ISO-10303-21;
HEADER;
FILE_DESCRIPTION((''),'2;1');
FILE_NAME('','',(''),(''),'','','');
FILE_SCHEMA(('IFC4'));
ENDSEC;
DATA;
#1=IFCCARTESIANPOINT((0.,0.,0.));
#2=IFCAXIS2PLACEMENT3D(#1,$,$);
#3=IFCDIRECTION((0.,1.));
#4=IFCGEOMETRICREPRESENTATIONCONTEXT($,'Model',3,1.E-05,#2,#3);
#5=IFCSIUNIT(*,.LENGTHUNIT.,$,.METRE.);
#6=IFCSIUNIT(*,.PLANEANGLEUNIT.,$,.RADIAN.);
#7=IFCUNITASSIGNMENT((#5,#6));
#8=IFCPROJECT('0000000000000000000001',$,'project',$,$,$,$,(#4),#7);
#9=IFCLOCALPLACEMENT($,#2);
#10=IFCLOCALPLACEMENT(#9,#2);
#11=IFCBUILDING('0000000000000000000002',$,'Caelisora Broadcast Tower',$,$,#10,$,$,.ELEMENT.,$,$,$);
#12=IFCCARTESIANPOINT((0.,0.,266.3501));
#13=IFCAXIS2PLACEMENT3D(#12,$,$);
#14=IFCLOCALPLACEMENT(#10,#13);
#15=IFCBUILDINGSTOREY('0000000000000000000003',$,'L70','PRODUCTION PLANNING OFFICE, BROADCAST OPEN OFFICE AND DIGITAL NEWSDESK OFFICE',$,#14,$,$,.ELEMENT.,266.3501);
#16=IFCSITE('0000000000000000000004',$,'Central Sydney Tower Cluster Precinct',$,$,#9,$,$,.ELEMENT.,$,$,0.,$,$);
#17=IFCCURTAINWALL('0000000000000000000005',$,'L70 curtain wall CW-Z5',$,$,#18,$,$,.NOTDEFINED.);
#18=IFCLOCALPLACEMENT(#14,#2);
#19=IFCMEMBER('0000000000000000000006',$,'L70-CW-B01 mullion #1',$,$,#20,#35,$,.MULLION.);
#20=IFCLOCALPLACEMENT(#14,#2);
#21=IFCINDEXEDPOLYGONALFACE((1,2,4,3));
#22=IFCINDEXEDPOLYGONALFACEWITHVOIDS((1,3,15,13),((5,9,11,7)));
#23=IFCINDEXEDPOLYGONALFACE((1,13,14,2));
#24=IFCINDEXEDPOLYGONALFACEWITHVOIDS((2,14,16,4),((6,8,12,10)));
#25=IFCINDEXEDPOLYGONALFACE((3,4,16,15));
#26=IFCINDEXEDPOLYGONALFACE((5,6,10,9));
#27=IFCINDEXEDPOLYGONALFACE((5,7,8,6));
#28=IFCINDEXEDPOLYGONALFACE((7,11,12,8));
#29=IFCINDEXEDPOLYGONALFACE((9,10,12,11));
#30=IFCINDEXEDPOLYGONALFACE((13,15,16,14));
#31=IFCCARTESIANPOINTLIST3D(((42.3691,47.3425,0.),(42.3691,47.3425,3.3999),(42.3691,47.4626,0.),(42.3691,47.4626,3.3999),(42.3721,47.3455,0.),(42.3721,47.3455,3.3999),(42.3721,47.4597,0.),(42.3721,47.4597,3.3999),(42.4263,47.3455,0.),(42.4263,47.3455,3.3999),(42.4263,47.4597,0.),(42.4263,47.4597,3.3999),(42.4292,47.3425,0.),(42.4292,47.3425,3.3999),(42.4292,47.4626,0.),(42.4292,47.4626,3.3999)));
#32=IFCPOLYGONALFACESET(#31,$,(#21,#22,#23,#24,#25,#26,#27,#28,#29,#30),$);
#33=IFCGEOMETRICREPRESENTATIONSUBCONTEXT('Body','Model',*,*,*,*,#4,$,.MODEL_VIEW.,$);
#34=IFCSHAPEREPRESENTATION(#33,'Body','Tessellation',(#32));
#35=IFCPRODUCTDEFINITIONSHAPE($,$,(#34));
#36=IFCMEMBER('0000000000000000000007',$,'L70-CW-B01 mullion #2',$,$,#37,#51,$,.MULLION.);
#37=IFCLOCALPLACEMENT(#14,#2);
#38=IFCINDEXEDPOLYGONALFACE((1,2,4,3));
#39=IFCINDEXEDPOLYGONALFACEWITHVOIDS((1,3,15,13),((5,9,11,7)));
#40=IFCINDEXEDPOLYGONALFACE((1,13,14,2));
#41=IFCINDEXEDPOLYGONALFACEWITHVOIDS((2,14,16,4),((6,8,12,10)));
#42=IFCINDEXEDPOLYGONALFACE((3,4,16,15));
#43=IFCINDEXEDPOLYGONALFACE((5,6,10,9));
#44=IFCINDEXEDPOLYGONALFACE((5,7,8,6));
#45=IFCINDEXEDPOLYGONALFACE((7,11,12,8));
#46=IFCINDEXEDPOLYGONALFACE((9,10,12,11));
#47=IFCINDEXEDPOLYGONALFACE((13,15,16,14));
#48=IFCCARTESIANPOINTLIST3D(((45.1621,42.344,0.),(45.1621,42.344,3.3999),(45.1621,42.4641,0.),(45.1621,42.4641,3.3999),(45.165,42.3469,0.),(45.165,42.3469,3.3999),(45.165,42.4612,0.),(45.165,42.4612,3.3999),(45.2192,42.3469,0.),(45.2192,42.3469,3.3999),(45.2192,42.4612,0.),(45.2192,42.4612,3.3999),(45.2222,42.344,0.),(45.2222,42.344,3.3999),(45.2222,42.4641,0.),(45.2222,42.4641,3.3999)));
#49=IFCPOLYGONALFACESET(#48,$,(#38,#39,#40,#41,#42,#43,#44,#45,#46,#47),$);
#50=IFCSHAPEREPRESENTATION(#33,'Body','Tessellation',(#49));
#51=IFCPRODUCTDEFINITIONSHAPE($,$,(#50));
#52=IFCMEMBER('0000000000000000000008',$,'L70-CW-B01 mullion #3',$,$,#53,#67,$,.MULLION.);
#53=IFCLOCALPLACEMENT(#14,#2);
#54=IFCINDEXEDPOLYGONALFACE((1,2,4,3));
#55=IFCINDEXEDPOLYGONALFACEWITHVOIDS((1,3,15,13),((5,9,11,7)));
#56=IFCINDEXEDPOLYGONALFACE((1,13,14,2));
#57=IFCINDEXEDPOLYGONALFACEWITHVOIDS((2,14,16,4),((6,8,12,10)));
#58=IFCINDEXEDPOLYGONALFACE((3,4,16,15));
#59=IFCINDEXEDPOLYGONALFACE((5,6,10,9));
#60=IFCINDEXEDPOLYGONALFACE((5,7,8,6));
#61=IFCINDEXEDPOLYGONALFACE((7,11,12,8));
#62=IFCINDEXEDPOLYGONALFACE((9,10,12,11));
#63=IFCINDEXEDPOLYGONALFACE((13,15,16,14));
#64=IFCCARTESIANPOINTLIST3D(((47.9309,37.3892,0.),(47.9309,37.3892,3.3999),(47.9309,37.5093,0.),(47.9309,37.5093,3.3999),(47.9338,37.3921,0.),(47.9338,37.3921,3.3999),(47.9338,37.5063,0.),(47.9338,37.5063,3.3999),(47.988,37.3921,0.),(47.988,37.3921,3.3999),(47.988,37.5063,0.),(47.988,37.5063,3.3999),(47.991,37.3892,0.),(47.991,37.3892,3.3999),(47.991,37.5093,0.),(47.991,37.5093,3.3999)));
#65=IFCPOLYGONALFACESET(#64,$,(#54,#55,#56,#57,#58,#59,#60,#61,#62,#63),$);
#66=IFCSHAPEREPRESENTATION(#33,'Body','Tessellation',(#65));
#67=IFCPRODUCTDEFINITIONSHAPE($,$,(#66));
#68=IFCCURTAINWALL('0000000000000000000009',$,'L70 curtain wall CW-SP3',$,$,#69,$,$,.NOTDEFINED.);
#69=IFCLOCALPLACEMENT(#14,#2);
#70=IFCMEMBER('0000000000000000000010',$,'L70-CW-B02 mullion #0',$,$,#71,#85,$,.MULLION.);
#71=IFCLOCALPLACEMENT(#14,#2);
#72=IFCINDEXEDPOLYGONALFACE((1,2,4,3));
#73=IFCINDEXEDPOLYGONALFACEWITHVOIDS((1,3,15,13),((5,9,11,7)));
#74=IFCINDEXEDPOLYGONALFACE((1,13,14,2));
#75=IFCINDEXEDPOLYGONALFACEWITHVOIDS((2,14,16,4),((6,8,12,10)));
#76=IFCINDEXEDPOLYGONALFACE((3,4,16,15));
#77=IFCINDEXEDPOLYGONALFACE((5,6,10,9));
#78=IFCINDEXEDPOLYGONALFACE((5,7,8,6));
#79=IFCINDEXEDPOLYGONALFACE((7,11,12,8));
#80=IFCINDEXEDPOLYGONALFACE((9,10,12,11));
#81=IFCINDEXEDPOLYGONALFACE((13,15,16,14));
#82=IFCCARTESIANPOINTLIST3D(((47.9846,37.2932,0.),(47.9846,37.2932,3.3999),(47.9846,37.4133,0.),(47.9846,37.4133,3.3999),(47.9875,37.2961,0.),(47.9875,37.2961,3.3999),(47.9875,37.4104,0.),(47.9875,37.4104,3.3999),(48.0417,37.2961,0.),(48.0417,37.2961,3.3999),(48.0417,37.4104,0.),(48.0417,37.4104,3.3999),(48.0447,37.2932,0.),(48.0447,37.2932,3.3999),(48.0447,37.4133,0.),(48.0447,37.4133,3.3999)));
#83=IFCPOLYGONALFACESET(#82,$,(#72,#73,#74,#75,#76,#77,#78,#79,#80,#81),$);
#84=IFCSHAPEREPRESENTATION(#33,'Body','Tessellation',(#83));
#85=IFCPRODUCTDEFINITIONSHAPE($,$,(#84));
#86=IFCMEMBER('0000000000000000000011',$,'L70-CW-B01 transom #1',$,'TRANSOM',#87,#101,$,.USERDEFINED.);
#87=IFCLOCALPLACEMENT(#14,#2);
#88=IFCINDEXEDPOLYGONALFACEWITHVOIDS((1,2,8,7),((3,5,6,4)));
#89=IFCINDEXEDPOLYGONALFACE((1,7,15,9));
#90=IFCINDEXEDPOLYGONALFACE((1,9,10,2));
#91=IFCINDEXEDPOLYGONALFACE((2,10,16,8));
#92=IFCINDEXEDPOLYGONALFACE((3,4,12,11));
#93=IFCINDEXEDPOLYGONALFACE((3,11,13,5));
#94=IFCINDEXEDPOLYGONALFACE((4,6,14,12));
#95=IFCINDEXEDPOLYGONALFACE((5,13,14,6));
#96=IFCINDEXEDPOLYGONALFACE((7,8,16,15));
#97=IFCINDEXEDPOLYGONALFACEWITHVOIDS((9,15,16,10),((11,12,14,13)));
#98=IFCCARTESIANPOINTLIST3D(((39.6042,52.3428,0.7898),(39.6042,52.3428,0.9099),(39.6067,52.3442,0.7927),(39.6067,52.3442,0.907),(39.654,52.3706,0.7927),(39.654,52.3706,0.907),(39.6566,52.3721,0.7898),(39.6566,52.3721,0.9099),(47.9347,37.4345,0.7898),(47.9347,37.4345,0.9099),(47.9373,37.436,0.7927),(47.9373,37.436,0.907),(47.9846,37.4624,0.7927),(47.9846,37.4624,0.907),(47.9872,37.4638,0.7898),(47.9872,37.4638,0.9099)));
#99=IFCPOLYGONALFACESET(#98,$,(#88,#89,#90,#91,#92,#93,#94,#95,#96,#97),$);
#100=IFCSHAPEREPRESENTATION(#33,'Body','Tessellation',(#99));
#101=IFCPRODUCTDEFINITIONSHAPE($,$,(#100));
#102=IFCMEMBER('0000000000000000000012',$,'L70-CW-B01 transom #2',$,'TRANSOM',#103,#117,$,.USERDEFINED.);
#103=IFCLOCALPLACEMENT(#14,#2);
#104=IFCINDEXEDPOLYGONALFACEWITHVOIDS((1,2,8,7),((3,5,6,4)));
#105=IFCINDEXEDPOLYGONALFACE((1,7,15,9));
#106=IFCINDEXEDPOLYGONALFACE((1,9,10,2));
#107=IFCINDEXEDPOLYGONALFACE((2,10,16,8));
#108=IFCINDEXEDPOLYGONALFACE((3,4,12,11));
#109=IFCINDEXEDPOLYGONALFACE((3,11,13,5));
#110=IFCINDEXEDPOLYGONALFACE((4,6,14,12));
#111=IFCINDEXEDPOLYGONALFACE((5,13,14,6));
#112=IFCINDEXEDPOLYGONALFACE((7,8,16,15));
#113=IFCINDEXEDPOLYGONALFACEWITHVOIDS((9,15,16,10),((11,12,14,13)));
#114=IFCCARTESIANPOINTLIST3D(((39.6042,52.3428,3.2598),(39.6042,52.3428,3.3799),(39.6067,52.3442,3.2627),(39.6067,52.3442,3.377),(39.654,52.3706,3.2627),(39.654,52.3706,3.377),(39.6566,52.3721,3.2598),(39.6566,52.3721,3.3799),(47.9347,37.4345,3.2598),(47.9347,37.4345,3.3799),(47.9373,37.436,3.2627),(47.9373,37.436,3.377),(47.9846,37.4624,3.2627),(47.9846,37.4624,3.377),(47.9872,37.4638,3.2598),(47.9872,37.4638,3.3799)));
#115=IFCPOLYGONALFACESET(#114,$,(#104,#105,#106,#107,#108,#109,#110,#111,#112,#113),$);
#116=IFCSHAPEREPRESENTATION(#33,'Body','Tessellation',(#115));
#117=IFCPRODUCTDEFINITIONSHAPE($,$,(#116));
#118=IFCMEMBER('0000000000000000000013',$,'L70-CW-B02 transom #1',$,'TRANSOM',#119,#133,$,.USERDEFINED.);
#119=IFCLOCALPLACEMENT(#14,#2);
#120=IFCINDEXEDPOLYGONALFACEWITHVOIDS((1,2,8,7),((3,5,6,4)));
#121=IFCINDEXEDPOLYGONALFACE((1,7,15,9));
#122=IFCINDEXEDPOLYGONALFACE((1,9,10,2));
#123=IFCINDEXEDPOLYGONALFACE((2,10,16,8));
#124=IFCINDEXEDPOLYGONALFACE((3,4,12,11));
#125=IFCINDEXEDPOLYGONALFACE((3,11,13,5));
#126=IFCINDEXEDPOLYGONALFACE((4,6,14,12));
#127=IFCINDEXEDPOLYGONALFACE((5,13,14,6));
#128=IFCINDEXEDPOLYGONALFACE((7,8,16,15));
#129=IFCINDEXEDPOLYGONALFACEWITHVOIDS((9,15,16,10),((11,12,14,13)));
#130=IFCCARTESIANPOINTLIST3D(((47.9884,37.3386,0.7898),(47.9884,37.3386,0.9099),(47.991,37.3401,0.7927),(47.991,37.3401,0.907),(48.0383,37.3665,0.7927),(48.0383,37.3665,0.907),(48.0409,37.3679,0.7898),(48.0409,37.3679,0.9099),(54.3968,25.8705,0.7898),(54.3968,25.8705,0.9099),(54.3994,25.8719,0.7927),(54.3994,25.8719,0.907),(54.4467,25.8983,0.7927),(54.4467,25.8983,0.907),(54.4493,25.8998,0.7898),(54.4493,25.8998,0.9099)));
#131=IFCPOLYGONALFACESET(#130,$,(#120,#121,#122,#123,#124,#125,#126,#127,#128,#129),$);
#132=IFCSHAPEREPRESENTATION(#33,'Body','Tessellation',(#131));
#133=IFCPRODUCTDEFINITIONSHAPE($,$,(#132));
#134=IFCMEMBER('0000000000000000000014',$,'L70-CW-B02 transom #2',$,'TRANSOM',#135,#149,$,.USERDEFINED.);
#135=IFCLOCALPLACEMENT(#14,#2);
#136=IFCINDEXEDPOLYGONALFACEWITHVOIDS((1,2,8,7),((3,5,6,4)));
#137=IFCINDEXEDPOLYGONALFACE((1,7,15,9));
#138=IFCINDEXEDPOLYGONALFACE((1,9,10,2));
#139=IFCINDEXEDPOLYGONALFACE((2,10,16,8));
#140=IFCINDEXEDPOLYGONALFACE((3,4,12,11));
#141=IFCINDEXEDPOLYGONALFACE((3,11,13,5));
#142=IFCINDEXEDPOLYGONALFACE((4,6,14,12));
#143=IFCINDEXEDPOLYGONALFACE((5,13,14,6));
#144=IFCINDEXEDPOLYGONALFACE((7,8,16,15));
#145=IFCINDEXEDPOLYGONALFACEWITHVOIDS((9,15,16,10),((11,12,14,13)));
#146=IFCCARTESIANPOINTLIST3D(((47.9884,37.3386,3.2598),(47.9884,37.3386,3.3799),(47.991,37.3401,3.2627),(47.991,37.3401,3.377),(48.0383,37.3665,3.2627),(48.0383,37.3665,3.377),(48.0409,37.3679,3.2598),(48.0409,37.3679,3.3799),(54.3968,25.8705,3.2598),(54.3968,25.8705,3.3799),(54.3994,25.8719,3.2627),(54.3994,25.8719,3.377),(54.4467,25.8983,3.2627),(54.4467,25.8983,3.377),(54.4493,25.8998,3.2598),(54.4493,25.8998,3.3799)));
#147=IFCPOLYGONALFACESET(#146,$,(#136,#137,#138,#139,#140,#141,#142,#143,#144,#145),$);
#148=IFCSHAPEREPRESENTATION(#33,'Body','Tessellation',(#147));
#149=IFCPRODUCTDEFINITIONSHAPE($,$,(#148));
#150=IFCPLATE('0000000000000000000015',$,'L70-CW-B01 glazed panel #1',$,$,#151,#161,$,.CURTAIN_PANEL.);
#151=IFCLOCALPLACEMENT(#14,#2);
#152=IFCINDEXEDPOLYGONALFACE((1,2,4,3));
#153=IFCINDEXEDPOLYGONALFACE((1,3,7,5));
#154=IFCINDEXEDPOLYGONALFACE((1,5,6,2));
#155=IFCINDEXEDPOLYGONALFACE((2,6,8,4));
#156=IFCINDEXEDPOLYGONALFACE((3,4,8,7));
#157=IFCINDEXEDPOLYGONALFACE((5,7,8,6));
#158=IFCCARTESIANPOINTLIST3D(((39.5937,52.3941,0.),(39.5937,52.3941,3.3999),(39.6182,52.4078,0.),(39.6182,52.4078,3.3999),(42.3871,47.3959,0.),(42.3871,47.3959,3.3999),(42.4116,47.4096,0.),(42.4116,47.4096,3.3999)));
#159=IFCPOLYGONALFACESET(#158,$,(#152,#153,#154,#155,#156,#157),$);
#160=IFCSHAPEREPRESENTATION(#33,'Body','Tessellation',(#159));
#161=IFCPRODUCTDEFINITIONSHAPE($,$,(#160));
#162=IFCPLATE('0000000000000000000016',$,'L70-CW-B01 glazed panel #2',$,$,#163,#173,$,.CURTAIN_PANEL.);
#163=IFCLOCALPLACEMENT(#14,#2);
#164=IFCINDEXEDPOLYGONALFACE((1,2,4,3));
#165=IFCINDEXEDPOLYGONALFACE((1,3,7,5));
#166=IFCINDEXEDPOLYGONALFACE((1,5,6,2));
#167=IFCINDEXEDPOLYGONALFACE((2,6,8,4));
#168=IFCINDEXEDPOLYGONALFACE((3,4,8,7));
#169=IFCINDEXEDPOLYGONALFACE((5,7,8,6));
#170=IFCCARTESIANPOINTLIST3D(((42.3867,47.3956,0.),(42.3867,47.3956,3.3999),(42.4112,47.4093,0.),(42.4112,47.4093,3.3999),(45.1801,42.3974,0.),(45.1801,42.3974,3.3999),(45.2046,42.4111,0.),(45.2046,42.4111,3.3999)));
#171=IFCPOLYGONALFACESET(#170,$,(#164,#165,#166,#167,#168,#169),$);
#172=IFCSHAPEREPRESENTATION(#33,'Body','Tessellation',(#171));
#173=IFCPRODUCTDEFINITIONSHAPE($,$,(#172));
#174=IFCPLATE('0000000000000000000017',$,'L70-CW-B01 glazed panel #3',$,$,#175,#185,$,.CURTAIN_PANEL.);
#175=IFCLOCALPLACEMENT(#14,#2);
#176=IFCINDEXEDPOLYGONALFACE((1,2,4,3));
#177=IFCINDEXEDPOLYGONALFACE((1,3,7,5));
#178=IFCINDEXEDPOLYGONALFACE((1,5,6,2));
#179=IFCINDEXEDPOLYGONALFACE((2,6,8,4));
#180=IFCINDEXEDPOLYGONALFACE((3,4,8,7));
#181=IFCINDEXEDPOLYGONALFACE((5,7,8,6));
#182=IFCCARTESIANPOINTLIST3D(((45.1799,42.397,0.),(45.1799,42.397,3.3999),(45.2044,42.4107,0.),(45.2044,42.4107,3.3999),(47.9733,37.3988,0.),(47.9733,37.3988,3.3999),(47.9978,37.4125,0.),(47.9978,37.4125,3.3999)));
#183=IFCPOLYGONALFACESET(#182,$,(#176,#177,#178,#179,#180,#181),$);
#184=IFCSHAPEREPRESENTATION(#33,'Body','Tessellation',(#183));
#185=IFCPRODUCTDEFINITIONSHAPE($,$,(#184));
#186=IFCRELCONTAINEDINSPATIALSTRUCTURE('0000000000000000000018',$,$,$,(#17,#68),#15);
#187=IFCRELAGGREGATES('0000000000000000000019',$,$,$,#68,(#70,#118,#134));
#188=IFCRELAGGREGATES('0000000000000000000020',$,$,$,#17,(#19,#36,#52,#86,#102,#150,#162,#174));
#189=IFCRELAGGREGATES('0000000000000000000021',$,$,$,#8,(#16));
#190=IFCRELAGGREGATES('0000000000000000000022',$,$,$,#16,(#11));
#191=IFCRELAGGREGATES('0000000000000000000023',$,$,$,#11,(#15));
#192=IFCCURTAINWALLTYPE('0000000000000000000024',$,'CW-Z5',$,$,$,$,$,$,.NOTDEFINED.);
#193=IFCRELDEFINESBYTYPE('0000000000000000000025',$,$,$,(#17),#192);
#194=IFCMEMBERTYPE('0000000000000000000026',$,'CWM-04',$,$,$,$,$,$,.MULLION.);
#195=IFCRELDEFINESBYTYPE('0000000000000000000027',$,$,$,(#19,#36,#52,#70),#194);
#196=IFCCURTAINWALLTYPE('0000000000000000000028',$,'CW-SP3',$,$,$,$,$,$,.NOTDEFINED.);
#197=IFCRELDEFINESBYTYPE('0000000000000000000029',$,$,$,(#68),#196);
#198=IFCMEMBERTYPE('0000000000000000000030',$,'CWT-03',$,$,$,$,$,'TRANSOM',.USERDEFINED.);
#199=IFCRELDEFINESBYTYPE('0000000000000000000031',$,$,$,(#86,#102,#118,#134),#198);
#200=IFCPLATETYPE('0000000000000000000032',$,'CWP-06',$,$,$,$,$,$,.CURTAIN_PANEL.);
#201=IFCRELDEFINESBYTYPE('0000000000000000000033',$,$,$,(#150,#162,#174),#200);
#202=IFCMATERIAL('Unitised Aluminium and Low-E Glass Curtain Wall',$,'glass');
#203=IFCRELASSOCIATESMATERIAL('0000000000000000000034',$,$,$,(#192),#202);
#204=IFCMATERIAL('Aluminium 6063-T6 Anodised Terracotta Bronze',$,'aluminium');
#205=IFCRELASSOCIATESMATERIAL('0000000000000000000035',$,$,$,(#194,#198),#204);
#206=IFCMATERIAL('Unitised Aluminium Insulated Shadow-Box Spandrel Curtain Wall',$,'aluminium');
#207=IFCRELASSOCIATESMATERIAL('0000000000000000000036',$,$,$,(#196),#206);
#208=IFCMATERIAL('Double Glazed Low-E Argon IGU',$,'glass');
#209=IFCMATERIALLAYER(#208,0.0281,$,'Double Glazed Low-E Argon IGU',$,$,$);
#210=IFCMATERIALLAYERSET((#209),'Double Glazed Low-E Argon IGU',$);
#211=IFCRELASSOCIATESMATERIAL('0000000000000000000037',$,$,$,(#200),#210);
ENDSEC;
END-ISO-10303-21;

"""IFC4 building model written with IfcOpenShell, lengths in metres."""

from ifc_helpers import new_model, si_unit, direction, frame, origin, origin_2d, place, context, subcontext, project, spatial, rectangle, hollow_rectangle, extrude, source, transform, mapped, material, layer, layer_set, material_profile, profile_set, type_object, type_shapes, element, aggregate, save


model = new_model("IFC4")

# Units and contexts
model_context = context("Model", 3, precision=1e-05, world=origin(), true_north=direction((0.0, 1.0)))
body_context = subcontext(model_context, "Body", "Model", "MODEL_VIEW")
ifc_project = project(units=[si_unit("LENGTHUNIT", "METRE"), si_unit("PLANEANGLEUNIT", "RADIAN")], contexts=[model_context])

# Site, building, storey
site_placement = place(None, origin())
site = spatial("IfcSite", under=ifc_project, at=site_placement, Name="Central Sydney Tower Cluster Precinct", CompositionType="ELEMENT", RefElevation=0.0)
building_placement = place(site_placement, origin())
building = spatial("IfcBuilding", under=site, at=building_placement, Name="Caelisora Broadcast Tower", CompositionType="ELEMENT")
storey_placement = place(building_placement, frame((0.0, 0.0, 266.3501)))
storey = spatial("IfcBuildingStorey", under=building, at=storey_placement, Name="L70", Description="PRODUCTION PLANNING OFFICE, BROADCAST OPEN OFFICE AND DIGITAL NEWSDESK OFFICE", CompositionType="ELEMENT", Elevation=266.3501)

# Curtain wall, members
ifc_material_1 = material(Name="Unitised Aluminium and Low-E Glass Curtain Wall", Category="glass")
curtain_wall_type_1 = type_object("IfcCurtainWallType", Name="CW-Z5", PredefinedType="NOTDEFINED", material=ifc_material_1)
curtain_wall_1_placement = place(storey_placement, origin())
curtain_wall_1 = element("IfcCurtainWall", 1, at=curtain_wall_1_placement, inside=storey, type_object=curtain_wall_type_1, Name="L70 curtain wall CW-Z5", PredefinedType="NOTDEFINED")
ifc_material_2 = material(Name="Aluminium 6063-T6 Anodised Terracotta Bronze", Category="aluminium")
ifc_material_profile_1 = material_profile(ifc_material_2, hollow_rectangle(XDim=0.0601, YDim=0.1201, WallThickness=0.0029, at=origin_2d()), Name="Aluminium 6063-T6 Anodised Terracotta Bronze")
ifc_profile_set_1 = profile_set([ifc_material_profile_1], Name="Aluminium 6063-T6 Anodised Terracotta Bronze")
member_type_1 = type_object("IfcMemberType", Name="CWM-04", PredefinedType="MULLION", material=ifc_profile_set_1)
shared_shape_1 = source(origin(), body_context, "Body", "SweptSolid", [
    extrude(hollow_rectangle(XDim=0.0601, YDim=0.1201, WallThickness=0.0029, at=origin_2d()), origin(), (0.0, 0.0, 1.0), 3.3999),
])
type_shapes(member_type_1, [shared_shape_1])
member_1_placement = place(storey_placement, frame((42.3992, 47.4026, 0.0), z_axis=(0.0, 0.0, 1.0), x_axis=(1.0, 0.0, 0.0)))
member_1 = element("IfcMember", 2, at=member_1_placement, type_object=member_type_1, Name="L70-CW-B01 mullion #1", PredefinedType="MULLION", context=body_context, shape_type="MappedRepresentation", body=[
    mapped(shared_shape_1, transform((0.0, 0.0, 0.0), scale=1.0)),
])
member_2_placement = place(storey_placement, frame((45.1921, 42.4041, 0.0), z_axis=(0.0, 0.0, 1.0), x_axis=(1.0, 0.0, 0.0)))
member_2 = element("IfcMember", 3, at=member_2_placement, type_object=member_type_1, Name="L70-CW-B01 mullion #2", PredefinedType="MULLION", context=body_context, shape_type="MappedRepresentation", body=[
    mapped(shared_shape_1, transform((0.0, 0.0, 0.0), scale=1.0)),
])
member_3_placement = place(storey_placement, frame((47.9609, 37.4492, 0.0), z_axis=(0.0, 0.0, 1.0), x_axis=(1.0, 0.0, 0.0)))
member_3 = element("IfcMember", 4, at=member_3_placement, type_object=member_type_1, Name="L70-CW-B01 mullion #3", PredefinedType="MULLION", context=body_context, shape_type="MappedRepresentation", body=[
    mapped(shared_shape_1, transform((0.0, 0.0, 0.0), scale=1.0)),
])

# Curtain wall, member
ifc_material_3 = material(Name="Unitised Aluminium Insulated Shadow-Box Spandrel Curtain Wall", Category="aluminium")
curtain_wall_type_2 = type_object("IfcCurtainWallType", Name="CW-SP3", PredefinedType="NOTDEFINED", material=ifc_material_3)
curtain_wall_2_placement = place(storey_placement, origin())
curtain_wall_2 = element("IfcCurtainWall", 5, at=curtain_wall_2_placement, inside=storey, type_object=curtain_wall_type_2, Name="L70 curtain wall CW-SP3", PredefinedType="NOTDEFINED")
member_4_placement = place(storey_placement, frame((48.0146, 37.3533, 0.0), z_axis=(0.0, 0.0, 1.0), x_axis=(1.0, 0.0, 0.0)))
member_4 = element("IfcMember", 6, at=member_4_placement, type_object=member_type_1, Name="L70-CW-B02 mullion #0", PredefinedType="MULLION", context=body_context, shape_type="MappedRepresentation", body=[
    mapped(shared_shape_1, transform((0.0, 0.0, 0.0), scale=1.0)),
])

# Members
ifc_material_profile_2 = material_profile(ifc_material_2, hollow_rectangle(XDim=0.0601, YDim=0.1201, WallThickness=0.0029, at=origin_2d()), Name="Aluminium 6063-T6 Anodised Terracotta Bronze")
ifc_profile_set_2 = profile_set([ifc_material_profile_2], Name="Aluminium 6063-T6 Anodised Terracotta Bronze")
member_type_2 = type_object("IfcMemberType", Name="CWT-03", ElementType="TRANSOM", PredefinedType="USERDEFINED", material=ifc_profile_set_2)
shared_shape_2 = source(origin(), body_context, "Body", "SweptSolid", [
    extrude(hollow_rectangle(XDim=0.0601, YDim=0.1201, WallThickness=0.0029, at=origin_2d()), origin(), (0.0, 0.0, 1.0), 17.0779),
])
member_5_placement = place(storey_placement, frame((39.6304, 52.3574, 0.8499), z_axis=(0.4878, -0.872956, 0.0), x_axis=(0.872956, 0.4878, 0.0)))
member_5 = element("IfcMember", 7, at=member_5_placement, type_object=member_type_2, Name="L70-CW-B01 transom #1", ObjectType="TRANSOM", PredefinedType="USERDEFINED", context=body_context, shape_type="MappedRepresentation", body=[
    mapped(shared_shape_2, transform((0.0, 0.0, 0.0), scale=1.0)),
])
member_6_placement = place(storey_placement, frame((39.6304, 52.3574, 3.3198), z_axis=(0.4878, -0.872956, 0.0), x_axis=(0.872956, 0.4878, 0.0)))
member_6 = element("IfcMember", 8, at=member_6_placement, type_object=member_type_2, Name="L70-CW-B01 transom #2", ObjectType="TRANSOM", PredefinedType="USERDEFINED", context=body_context, shape_type="MappedRepresentation", body=[
    mapped(shared_shape_2, transform((0.0, 0.0, 0.0), scale=1.0)),
])
shared_shape_3 = source(origin(), body_context, "Body", "SweptSolid", [
    extrude(hollow_rectangle(XDim=0.0601, YDim=0.1201, WallThickness=0.0029, at=origin_2d()), origin(), (0.0, 0.0, 1.0), 13.1372),
])
type_shapes(member_type_2, [shared_shape_2, shared_shape_3])
member_7_placement = place(storey_placement, frame((48.0146, 37.3533, 0.8499), z_axis=(0.487805, -0.872953, 0.0), x_axis=(0.872953, 0.487805, 0.0)))
member_7 = element("IfcMember", 9, at=member_7_placement, type_object=member_type_2, Name="L70-CW-B02 transom #1", ObjectType="TRANSOM", PredefinedType="USERDEFINED", context=body_context, shape_type="MappedRepresentation", body=[
    mapped(shared_shape_3, transform((0.0, 0.0, 0.0), scale=1.0)),
])
member_8_placement = place(storey_placement, frame((48.0146, 37.3533, 3.3198), z_axis=(0.487805, -0.872953, 0.0), x_axis=(0.872953, 0.487805, 0.0)))
member_8 = element("IfcMember", 10, at=member_8_placement, type_object=member_type_2, Name="L70-CW-B02 transom #2", ObjectType="TRANSOM", PredefinedType="USERDEFINED", context=body_context, shape_type="MappedRepresentation", body=[
    mapped(shared_shape_3, transform((0.0, 0.0, 0.0), scale=1.0)),
])
aggregate(curtain_wall_2, [member_4, member_7, member_8])

# Plates
ifc_material_4 = material(Name="Double Glazed Low-E Argon IGU", Category="glass")
ifc_layer_1 = layer(ifc_material_4, 0.0281, Name="Double Glazed Low-E Argon IGU")
ifc_layer_set_1 = layer_set([ifc_layer_1], Name="Double Glazed Low-E Argon IGU")
plate_type = type_object("IfcPlateType", Name="CWP-06", PredefinedType="CURTAIN_PANEL", material=ifc_layer_set_1)
shared_shape_4 = source(origin(), body_context, "Body", "SweptSolid", [
    extrude(rectangle(XDim=5.7258, YDim=0.0281, at=origin_2d()), origin(), (0.0, 0.0, 1.0), 3.3999),
])
type_shapes(plate_type, [shared_shape_4])
plate_1_placement = place(storey_placement, frame((41.0027, 49.9019, 0.0), z_axis=(0.0, 0.0, 1.0), x_axis=(0.48786, -0.872922, 0.0)))
plate_1 = element("IfcPlate", 11, at=plate_1_placement, type_object=plate_type, Name="L70-CW-B01 glazed panel #1", PredefinedType="CURTAIN_PANEL", context=body_context, shape_type="MappedRepresentation", body=[
    mapped(shared_shape_4, transform((0.0, 0.0, 0.0), scale=1.0)),
])
plate_2_placement = place(storey_placement, frame((43.7957, 44.9033, 0.0), z_axis=(0.0, 0.0, 1.0), x_axis=(0.48786, -0.872922, 0.0)))
plate_2 = element("IfcPlate", 12, at=plate_2_placement, type_object=plate_type, Name="L70-CW-B01 glazed panel #2", PredefinedType="CURTAIN_PANEL", context=body_context, shape_type="MappedRepresentation", body=[
    mapped(shared_shape_4, transform((0.0, 0.0, 0.0), scale=1.0)),
])
plate_3_placement = place(storey_placement, frame((46.5889, 39.9048, 0.0), z_axis=(0.0, 0.0, 1.0), x_axis=(0.48786, -0.872922, 0.0)))
plate_3 = element("IfcPlate", 13, at=plate_3_placement, type_object=plate_type, Name="L70-CW-B01 glazed panel #3", PredefinedType="CURTAIN_PANEL", context=body_context, shape_type="MappedRepresentation", body=[
    mapped(shared_shape_4, transform((0.0, 0.0, 0.0), scale=1.0)),
])
aggregate(curtain_wall_1, [member_1, member_2, member_3, member_5, member_6, plate_1, plate_2, plate_3])

save(model, "model.ifc")
